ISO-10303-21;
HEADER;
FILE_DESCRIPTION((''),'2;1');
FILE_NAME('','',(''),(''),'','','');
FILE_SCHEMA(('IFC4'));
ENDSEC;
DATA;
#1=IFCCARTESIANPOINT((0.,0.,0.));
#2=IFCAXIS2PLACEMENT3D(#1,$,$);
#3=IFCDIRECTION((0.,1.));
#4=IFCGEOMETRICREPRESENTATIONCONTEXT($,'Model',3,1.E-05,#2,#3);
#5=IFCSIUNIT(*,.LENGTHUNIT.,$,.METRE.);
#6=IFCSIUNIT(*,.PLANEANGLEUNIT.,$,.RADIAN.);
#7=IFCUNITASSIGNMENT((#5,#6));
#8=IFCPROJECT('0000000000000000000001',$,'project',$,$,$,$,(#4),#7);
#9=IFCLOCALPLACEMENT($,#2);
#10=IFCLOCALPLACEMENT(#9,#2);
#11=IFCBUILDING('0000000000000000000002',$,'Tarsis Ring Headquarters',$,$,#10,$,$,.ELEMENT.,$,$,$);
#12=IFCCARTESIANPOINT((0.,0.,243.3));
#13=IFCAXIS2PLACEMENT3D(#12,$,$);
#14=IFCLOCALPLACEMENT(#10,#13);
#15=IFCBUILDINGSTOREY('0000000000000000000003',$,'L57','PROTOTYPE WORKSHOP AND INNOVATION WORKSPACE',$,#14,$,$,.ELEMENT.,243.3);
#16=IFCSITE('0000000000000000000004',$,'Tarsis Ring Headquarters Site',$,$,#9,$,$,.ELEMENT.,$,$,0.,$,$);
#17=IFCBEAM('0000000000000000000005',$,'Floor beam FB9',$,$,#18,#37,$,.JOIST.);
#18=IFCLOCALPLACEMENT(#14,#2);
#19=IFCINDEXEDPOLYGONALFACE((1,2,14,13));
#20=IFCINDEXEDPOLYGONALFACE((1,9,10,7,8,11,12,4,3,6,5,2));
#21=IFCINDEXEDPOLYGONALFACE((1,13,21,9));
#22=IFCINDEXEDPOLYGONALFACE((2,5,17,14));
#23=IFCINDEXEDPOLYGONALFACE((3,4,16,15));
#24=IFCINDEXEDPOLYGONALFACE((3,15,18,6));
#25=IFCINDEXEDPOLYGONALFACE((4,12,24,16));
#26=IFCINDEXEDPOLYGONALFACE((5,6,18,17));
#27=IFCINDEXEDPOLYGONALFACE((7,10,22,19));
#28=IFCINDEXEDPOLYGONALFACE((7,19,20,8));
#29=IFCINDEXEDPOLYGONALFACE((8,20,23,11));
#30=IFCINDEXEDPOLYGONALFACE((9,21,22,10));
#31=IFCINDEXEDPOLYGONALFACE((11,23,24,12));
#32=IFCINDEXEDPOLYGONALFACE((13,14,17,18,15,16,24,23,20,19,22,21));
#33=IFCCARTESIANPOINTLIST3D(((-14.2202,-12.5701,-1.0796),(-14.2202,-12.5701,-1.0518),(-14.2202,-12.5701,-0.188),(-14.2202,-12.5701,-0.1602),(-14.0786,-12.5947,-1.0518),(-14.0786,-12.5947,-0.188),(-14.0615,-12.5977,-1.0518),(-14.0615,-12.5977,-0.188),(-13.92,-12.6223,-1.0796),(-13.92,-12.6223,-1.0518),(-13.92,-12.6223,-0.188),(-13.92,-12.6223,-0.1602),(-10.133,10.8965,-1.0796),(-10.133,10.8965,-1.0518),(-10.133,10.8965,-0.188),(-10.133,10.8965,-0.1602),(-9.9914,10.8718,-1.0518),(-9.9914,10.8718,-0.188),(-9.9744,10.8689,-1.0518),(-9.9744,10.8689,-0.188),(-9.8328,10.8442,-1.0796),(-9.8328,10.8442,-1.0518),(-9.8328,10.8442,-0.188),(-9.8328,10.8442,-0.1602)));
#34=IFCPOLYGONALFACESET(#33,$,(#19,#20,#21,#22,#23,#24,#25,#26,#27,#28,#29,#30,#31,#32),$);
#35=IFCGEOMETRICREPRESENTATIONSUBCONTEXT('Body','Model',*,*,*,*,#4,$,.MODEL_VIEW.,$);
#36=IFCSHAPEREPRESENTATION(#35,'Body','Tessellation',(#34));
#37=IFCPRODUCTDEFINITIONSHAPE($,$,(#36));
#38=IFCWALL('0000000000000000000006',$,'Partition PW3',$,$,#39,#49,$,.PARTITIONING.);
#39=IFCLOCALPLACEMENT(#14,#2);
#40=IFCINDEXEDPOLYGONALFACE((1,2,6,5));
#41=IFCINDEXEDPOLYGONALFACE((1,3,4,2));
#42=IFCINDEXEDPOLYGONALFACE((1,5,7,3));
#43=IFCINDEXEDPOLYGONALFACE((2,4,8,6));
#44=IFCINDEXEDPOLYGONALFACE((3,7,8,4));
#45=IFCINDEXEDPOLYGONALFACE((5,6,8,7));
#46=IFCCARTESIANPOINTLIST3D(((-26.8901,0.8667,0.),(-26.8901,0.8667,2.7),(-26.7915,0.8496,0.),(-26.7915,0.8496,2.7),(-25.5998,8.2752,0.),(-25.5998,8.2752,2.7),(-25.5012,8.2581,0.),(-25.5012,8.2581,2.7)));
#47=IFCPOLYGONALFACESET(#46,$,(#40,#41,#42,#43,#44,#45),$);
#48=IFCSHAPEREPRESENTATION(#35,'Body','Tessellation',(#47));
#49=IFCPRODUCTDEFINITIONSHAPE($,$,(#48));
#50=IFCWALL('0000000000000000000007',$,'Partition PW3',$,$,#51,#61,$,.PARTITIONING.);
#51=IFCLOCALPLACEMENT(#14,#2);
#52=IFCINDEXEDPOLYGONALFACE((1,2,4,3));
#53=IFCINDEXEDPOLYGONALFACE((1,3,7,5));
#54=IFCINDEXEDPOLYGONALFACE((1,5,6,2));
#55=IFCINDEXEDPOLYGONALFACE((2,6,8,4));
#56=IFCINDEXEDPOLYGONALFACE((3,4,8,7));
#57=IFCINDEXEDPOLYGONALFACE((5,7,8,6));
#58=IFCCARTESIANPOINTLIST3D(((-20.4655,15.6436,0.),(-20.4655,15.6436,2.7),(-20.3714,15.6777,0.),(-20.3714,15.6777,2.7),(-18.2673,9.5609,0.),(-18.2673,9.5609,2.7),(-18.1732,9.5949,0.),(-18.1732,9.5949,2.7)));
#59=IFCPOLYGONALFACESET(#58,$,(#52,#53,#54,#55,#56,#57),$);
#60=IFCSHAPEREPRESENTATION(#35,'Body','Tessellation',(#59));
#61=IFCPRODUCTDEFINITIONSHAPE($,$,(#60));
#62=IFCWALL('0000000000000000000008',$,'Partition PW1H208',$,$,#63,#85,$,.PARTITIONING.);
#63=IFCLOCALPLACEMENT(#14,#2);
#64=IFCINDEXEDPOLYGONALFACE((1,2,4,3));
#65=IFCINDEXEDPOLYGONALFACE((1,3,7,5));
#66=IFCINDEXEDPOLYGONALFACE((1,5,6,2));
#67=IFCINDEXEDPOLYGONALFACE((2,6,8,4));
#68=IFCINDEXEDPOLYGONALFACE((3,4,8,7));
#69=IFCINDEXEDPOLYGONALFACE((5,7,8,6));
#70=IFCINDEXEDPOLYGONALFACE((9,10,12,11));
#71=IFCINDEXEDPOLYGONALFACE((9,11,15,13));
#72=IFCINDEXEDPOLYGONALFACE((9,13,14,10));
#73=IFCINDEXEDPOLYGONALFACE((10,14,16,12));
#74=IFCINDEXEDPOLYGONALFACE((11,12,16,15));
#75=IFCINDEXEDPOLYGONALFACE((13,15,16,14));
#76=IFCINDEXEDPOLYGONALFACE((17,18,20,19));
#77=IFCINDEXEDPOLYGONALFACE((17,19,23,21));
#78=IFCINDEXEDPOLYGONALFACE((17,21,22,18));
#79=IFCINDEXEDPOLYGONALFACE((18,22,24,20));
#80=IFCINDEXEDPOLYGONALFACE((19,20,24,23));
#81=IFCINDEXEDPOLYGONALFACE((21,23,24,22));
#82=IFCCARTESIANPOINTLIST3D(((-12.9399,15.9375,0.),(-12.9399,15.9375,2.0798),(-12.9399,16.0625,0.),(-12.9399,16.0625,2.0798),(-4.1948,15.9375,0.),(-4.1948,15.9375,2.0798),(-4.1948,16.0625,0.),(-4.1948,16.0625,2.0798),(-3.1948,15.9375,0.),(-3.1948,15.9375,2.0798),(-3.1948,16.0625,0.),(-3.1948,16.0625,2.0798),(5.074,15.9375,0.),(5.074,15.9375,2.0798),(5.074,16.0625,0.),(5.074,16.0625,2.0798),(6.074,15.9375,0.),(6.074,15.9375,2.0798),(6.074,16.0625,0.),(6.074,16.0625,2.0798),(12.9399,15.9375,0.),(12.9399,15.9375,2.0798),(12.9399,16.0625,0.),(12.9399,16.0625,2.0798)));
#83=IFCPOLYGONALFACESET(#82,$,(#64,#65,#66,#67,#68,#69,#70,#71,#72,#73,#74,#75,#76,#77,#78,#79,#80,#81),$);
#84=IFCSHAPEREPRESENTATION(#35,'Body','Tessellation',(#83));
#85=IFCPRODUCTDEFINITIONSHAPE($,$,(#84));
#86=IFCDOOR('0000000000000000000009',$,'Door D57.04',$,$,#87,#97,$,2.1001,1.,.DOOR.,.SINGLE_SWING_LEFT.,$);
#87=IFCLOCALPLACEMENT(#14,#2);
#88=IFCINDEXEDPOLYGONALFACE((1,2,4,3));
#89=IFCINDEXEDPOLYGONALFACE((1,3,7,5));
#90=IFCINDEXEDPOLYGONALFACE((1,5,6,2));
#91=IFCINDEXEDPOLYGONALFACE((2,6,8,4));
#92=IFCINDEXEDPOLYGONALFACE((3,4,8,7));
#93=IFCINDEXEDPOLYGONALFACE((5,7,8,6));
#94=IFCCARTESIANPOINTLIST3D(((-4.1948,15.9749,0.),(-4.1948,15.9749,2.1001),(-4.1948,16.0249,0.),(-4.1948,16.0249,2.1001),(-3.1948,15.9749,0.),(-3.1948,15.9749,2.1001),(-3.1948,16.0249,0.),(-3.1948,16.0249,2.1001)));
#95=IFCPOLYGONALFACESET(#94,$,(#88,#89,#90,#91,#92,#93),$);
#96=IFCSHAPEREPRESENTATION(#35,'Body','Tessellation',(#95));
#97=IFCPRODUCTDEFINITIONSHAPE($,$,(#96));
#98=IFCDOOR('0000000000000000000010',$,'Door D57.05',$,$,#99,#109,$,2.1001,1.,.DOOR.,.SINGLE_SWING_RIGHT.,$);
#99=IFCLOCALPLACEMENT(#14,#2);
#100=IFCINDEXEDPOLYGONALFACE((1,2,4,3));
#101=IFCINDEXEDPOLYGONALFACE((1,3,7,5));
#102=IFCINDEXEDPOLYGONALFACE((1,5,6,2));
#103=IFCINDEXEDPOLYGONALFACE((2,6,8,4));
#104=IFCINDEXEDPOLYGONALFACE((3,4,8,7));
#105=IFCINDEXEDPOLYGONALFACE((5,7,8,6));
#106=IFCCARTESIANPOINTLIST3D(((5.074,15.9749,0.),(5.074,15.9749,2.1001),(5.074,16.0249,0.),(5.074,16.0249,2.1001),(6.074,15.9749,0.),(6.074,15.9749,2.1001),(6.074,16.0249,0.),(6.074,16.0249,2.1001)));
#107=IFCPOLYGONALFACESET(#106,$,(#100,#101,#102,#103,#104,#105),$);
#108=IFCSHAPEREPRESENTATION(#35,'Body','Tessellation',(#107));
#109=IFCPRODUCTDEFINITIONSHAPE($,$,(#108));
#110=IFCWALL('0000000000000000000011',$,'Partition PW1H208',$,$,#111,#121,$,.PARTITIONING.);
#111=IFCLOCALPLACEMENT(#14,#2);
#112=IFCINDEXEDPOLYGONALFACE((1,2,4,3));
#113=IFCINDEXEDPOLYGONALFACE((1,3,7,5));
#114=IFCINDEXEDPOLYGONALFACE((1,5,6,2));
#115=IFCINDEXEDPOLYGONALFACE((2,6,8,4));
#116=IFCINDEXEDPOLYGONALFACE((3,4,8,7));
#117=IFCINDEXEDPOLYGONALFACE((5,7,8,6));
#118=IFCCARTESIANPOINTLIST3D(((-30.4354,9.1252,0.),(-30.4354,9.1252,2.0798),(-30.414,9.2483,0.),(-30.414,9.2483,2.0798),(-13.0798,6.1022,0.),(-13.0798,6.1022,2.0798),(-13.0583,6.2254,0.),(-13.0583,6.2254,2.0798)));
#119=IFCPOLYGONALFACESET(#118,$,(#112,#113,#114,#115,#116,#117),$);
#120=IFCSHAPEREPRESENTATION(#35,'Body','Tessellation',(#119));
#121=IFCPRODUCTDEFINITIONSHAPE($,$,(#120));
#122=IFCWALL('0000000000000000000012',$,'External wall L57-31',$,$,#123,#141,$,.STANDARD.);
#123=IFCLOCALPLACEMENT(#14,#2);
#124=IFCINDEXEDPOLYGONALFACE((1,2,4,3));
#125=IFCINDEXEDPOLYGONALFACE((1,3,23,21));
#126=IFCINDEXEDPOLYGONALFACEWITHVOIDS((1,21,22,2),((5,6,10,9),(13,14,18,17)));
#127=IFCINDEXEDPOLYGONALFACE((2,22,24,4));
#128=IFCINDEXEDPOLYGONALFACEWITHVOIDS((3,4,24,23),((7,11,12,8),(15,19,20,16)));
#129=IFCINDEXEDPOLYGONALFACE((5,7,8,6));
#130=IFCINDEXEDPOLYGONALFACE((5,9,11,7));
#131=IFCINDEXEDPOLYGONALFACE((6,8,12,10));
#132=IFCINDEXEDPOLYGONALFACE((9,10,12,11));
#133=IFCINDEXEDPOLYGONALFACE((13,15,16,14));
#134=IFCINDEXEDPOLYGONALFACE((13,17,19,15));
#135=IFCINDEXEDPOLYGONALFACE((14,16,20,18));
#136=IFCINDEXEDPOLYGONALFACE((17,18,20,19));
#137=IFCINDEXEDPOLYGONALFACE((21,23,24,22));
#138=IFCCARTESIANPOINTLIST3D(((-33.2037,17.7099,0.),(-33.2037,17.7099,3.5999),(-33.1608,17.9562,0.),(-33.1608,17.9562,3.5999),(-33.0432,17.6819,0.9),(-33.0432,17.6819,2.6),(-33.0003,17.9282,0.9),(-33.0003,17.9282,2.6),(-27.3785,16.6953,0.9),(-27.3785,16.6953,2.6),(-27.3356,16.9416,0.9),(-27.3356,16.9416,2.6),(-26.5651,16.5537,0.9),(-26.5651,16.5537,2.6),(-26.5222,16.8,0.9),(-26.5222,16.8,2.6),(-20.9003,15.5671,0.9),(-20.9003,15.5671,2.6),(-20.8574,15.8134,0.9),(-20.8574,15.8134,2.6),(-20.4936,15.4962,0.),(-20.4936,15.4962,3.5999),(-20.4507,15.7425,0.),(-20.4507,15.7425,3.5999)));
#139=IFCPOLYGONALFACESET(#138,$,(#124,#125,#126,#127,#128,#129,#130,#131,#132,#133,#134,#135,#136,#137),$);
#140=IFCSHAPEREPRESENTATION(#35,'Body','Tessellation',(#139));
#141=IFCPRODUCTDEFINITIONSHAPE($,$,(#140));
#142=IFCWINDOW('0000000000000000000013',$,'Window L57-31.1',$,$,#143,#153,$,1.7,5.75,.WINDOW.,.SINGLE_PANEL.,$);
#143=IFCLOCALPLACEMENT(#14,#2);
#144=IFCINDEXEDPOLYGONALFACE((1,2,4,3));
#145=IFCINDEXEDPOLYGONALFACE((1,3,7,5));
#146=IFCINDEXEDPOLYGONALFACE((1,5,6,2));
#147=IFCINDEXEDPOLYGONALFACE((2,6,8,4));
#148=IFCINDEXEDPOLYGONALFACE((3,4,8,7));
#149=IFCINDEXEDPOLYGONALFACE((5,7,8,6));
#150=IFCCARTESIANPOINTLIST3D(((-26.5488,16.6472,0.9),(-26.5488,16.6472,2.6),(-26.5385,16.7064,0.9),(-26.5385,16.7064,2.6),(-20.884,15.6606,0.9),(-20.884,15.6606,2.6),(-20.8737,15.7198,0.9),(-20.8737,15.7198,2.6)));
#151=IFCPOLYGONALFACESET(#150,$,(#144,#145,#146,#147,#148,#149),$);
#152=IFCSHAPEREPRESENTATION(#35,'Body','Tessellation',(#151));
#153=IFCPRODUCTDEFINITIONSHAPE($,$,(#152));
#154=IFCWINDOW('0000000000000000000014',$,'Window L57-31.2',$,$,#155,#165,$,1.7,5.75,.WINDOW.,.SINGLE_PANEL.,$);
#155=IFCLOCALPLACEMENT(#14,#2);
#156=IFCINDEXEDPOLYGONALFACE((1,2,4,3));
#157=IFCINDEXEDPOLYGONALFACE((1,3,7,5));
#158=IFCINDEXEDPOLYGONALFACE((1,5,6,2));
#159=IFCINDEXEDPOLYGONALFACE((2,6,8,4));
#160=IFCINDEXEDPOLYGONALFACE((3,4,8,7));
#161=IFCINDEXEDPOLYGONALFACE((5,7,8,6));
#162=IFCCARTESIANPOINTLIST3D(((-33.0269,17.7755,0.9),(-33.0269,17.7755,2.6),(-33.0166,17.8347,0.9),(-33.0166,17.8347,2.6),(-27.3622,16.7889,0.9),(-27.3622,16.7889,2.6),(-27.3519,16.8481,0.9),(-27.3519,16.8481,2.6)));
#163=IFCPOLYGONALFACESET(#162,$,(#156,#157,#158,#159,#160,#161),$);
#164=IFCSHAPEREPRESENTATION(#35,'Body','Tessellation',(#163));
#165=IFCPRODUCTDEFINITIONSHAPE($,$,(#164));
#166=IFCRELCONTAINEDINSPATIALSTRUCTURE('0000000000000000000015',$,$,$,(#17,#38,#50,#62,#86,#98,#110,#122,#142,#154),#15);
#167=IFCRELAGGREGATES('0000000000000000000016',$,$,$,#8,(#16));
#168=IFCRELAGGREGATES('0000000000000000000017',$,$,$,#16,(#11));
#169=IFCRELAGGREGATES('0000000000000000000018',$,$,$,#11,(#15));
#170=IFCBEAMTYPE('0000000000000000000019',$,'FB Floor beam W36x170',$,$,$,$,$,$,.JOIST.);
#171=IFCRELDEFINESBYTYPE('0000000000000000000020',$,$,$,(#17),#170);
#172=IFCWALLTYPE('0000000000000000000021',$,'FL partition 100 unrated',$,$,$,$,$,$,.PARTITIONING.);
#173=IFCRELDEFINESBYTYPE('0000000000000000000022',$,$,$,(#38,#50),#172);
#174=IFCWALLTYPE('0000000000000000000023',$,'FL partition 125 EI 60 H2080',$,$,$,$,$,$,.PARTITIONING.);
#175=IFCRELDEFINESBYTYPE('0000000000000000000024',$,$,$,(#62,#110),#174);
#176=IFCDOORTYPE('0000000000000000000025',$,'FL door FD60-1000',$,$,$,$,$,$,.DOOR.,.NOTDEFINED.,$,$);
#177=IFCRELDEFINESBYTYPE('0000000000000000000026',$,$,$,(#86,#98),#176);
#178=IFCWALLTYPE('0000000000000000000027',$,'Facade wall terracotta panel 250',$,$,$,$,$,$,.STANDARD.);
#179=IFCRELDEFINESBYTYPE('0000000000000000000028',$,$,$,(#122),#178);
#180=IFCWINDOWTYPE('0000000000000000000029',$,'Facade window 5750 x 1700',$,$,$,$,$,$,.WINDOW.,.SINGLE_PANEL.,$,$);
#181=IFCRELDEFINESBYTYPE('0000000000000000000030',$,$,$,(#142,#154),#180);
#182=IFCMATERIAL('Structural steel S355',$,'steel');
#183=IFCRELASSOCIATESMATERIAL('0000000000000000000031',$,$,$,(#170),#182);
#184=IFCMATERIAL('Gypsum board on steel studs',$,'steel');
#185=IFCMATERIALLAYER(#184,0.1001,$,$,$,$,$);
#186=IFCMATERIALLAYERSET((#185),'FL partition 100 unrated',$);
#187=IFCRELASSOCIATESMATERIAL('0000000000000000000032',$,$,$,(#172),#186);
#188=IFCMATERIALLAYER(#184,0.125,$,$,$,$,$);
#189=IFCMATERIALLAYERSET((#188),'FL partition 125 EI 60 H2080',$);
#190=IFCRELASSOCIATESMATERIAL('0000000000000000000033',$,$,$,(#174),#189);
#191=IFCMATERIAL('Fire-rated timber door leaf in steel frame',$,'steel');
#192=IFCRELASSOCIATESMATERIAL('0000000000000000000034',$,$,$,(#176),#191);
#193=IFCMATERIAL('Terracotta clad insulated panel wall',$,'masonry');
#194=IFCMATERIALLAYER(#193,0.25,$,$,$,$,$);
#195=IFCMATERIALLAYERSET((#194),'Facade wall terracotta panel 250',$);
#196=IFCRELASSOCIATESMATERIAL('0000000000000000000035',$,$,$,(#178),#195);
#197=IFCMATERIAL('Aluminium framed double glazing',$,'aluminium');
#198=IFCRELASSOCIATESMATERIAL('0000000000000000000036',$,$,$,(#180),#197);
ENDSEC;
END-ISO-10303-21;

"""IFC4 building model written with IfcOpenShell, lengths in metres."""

from ifc_helpers import new_model, si_unit, direction, frame, frame_2d, origin, origin_2d, place, context, subcontext, project, spatial, rectangle, i_section, extrude, material, layer, layer_set, material_profile, profile_set, type_object, element, fill, save


model = new_model("IFC4")

# Units and contexts
model_context = context("Model", 3, precision=1e-05, world=origin(), true_north=direction((0.0, 1.0)))
body_context = subcontext(model_context, "Body", "Model", "MODEL_VIEW")
ifc_project = project(units=[si_unit("LENGTHUNIT", "METRE"), si_unit("PLANEANGLEUNIT", "RADIAN")], contexts=[model_context])

# Site, building, storey
site_placement = place(None, origin())
site = spatial("IfcSite", under=ifc_project, at=site_placement, Name="Tarsis Ring Headquarters Site", CompositionType="ELEMENT", RefElevation=0.0)
building_placement = place(site_placement, origin())
building = spatial("IfcBuilding", under=site, at=building_placement, Name="Tarsis Ring Headquarters", CompositionType="ELEMENT")
storey_placement = place(building_placement, frame((0.0, 0.0, 243.3)))
storey = spatial("IfcBuildingStorey", under=building, at=storey_placement, Name="L57", Description="PROTOTYPE WORKSHOP AND INNOVATION WORKSPACE", CompositionType="ELEMENT", Elevation=243.3)

# Beam
ifc_material_1 = material(Name="Structural steel S355", Category="steel")
ifc_material_profile = material_profile(ifc_material_1, i_section(OverallWidth=0.3047, OverallDepth=0.9194, WebThickness=0.0173, FlangeThickness=0.0278, at=origin_2d()), Name="W36x170")
ifc_profile_set = profile_set([ifc_material_profile], Name="Structural steel S355")
beam_type = type_object("IfcBeamType", Name="FB Floor beam W36x170", PredefinedType="JOIST", material=ifc_profile_set)
beam_placement = place(storey_placement, frame((-9.9829, 10.8704, -0.6199), z_axis=(-0.171586, -0.985169, 0.0), x_axis=(0.985169, -0.171586, 0.0)))
element("IfcBeam", 1, at=beam_placement, inside=storey, type_object=beam_type, Name="Floor beam FB9", PredefinedType="JOIST", context=body_context, shape_type="SweptSolid", body=[
    extrude(i_section(OverallWidth=0.3047, OverallDepth=0.9194, WebThickness=0.0173, FlangeThickness=0.0278, at=origin_2d()), origin(), (0.0, 0.0, 1.0), 23.8198),
])

# Walls
ifc_material_2 = material(Name="Gypsum board on steel studs", Category="steel")
ifc_layer_1 = layer(ifc_material_2, 0.1001)
ifc_layer_set_1 = layer_set([ifc_layer_1], Name="FL partition 100 unrated")
wall_type_1 = type_object("IfcWallType", Name="FL partition 100 unrated", PredefinedType="PARTITIONING", material=ifc_layer_set_1)
wall_1_placement = place(storey_placement, frame((-26.8408, 0.8582, 0.0), z_axis=(0.0, 0.0, 1.0), x_axis=(0.171581, 0.98517, 0.0)))
element("IfcWall", 2, at=wall_1_placement, inside=storey, type_object=wall_type_1, Name="Partition PW3", PredefinedType="PARTITIONING", context=body_context, shape_type="SweptSolid", body=[
    extrude(rectangle(XDim=7.52, YDim=0.1001, at=frame_2d((3.76, 0.0))), origin(), (0.0, 0.0, 1.0), 2.7),
])
wall_2_placement = place(storey_placement, frame((-20.4185, 15.6606, 0.0), z_axis=(0.0, 0.0, 1.0), x_axis=(0.339875, -0.94047, 0.0)))
element("IfcWall", 3, at=wall_2_placement, inside=storey, type_object=wall_type_1, Name="Partition PW3", PredefinedType="PARTITIONING", context=body_context, shape_type="SweptSolid", body=[
    extrude(rectangle(XDim=6.4678, YDim=0.1001, at=frame_2d((3.2339, 0.0))), origin(), (0.0, 0.0, 1.0), 2.7),
])

# Wall, openings, doors
ifc_layer_2 = layer(ifc_material_2, 0.125)
ifc_layer_set_2 = layer_set([ifc_layer_2], Name="FL partition 125 EI 60 H2080")
wall_type_2 = type_object("IfcWallType", Name="FL partition 125 EI 60 H2080", PredefinedType="PARTITIONING", material=ifc_layer_set_2)
wall_3_placement = place(storey_placement, frame((-12.9399, 16.0, 0.0), z_axis=(0.0, 0.0, 1.0), x_axis=(1.0, 0.0, 0.0)))
wall_3 = element("IfcWall", 4, at=wall_3_placement, inside=storey, type_object=wall_type_2, Name="Partition PW1H208", PredefinedType="PARTITIONING", context=body_context, shape_type="SweptSolid", body=[
    extrude(rectangle(XDim=25.8799, YDim=0.125, at=frame_2d((12.9399, 0.0))), origin(), (0.0, 0.0, 1.0), 2.0798),
])
opening_1_placement = place(wall_3_placement, frame((8.7451, 0.0, 0.0)))
opening_1 = element("IfcOpeningElement", 5, at=opening_1_placement, cuts=wall_3, PredefinedType="OPENING", context=body_context, shape_type="SweptSolid", body=[
    extrude(rectangle(XDim=1.0, YDim=2.1001, at=frame_2d((0.5, 1.05))), frame((0.0, 0.0725, 0.0), z_axis=(0.0, -1.0, 0.0), x_axis=(1.0, 0.0, 0.0)), (0.0, 0.0, 1.0), 0.145),
])
opening_2_placement = place(wall_3_placement, frame((18.0139, 0.0, 0.0)))
opening_2 = element("IfcOpeningElement", 6, at=opening_2_placement, cuts=wall_3, PredefinedType="OPENING", context=body_context, shape_type="SweptSolid", body=[
    extrude(rectangle(XDim=1.0, YDim=2.1001, at=frame_2d((0.5, 1.05))), frame((0.0, 0.0725, 0.0), z_axis=(0.0, -1.0, 0.0), x_axis=(1.0, 0.0, 0.0)), (0.0, 0.0, 1.0), 0.145),
])
ifc_material_3 = material(Name="Fire-rated timber door leaf in steel frame", Category="steel")
door_type_1 = type_object("IfcDoorType", Name="FL door FD60-1000", OperationType="NOTDEFINED", PredefinedType="DOOR", material=ifc_material_3)
door_1_placement = place(opening_1_placement, origin())
door_1 = element("IfcDoor", 7, at=door_1_placement, inside=storey, type_object=door_type_1, Name="Door D57.04", OperationType="SINGLE_SWING_LEFT", OverallHeight=2.1001, OverallWidth=1.0, PredefinedType="DOOR", context=body_context, shape_type="SweptSolid", body=[
    extrude(rectangle(XDim=1.0, YDim=2.1001, at=frame_2d((0.5, 1.05))), frame((0.0, 0.0249, 0.0), z_axis=(0.0, -1.0, 0.0), x_axis=(1.0, 0.0, 0.0)), (0.0, 0.0, 1.0), 0.05),
])
fill(opening_1, door_1)
door_2_placement = place(opening_2_placement, origin())
door_2 = element("IfcDoor", 8, at=door_2_placement, inside=storey, type_object=door_type_1, Name="Door D57.05", OperationType="SINGLE_SWING_RIGHT", OverallHeight=2.1001, OverallWidth=1.0, PredefinedType="DOOR", context=body_context, shape_type="SweptSolid", body=[
    extrude(rectangle(XDim=1.0, YDim=2.1001, at=frame_2d((0.5, 1.05))), frame((0.0, 0.0249, 0.0), z_axis=(0.0, -1.0, 0.0), x_axis=(1.0, 0.0, 0.0)), (0.0, 0.0, 1.0), 0.05),
])
fill(opening_2, door_2)

# Wall
wall_4_placement = place(storey_placement, frame((-30.4248, 9.1868, 0.0), z_axis=(0.0, 0.0, 1.0), x_axis=(0.985168, -0.171593, 0.0)))
element("IfcWall", 9, at=wall_4_placement, inside=storey, type_object=wall_type_2, Name="Partition PW1H208", PredefinedType="PARTITIONING", context=body_context, shape_type="SweptSolid", body=[
    extrude(rectangle(XDim=17.6169, YDim=0.125, at=frame_2d((8.8086, 0.0))), origin(), (0.0, 0.0, 1.0), 2.0798),
])

# Wall, openings, windows
ifc_material_4 = material(Name="Terracotta clad insulated panel wall", Category="masonry")
ifc_layer_3 = layer(ifc_material_4, 0.25)
ifc_layer_set_3 = layer_set([ifc_layer_3], Name="Facade wall terracotta panel 250")
wall_type_3 = type_object("IfcWallType", Name="Facade wall terracotta panel 250", PredefinedType="STANDARD", material=ifc_layer_set_3)
wall_5_placement = place(storey_placement, frame((-20.4722, 15.6194, 0.0), z_axis=(0.0, 0.0, 1.0), x_axis=(-0.98517, 0.171582, 0.0)))
wall_5 = element("IfcWall", 10, at=wall_5_placement, inside=storey, type_object=wall_type_3, Name="External wall L57-31", PredefinedType="STANDARD", context=body_context, shape_type="SweptSolid", body=[
    extrude(rectangle(XDim=12.9014, YDim=0.25, at=frame_2d((6.4507, 0.0))), origin(), (0.0, 0.0, 1.0), 3.5999),
])
opening_3_placement = place(wall_5_placement, frame((0.4128, 0.0, 0.8999)))
opening_3 = element("IfcOpeningElement", 11, at=opening_3_placement, cuts=wall_5, PredefinedType="OPENING", context=body_context, shape_type="SweptSolid", body=[
    extrude(rectangle(XDim=5.75, YDim=1.7, at=frame_2d((2.875, 0.8501))), frame((0.0, 0.135, 0.0), z_axis=(0.0, -1.0, 0.0), x_axis=(1.0, 0.0, 0.0)), (0.0, 0.0, 1.0), 0.27),
])
opening_4_placement = place(wall_5_placement, frame((6.9885, 0.0, 0.8999)))
opening_4 = element("IfcOpeningElement", 12, at=opening_4_placement, cuts=wall_5, PredefinedType="OPENING", context=body_context, shape_type="SweptSolid", body=[
    extrude(rectangle(XDim=5.75, YDim=1.7, at=frame_2d((2.875, 0.8501))), frame((0.0, 0.135, 0.0), z_axis=(0.0, -1.0, 0.0), x_axis=(1.0, 0.0, 0.0)), (0.0, 0.0, 1.0), 0.27),
])
ifc_material_5 = material(Name="Aluminium framed double glazing", Category="aluminium")
window_type = type_object("IfcWindowType", Name="Facade window 5750 x 1700", PartitioningType="SINGLE_PANEL", PredefinedType="WINDOW", material=ifc_material_5)
window_1_placement = place(opening_3_placement, origin())
window_1 = element("IfcWindow", 13, at=window_1_placement, inside=storey, type_object=window_type, Name="Window L57-31.1", OverallHeight=1.7, OverallWidth=5.75, PartitioningType="SINGLE_PANEL", PredefinedType="WINDOW", context=body_context, shape_type="SweptSolid", body=[
    extrude(rectangle(XDim=5.75, YDim=1.7, at=frame_2d((2.875, 0.8501))), frame((0.0, 0.03, 0.0), z_axis=(0.0, -1.0, 0.0), x_axis=(1.0, 0.0, 0.0)), (0.0, 0.0, 1.0), 0.0601),
])
fill(opening_3, window_1)
window_2_placement = place(opening_4_placement, origin())
window_2 = element("IfcWindow", 14, at=window_2_placement, inside=storey, type_object=window_type, Name="Window L57-31.2", OverallHeight=1.7, OverallWidth=5.75, PartitioningType="SINGLE_PANEL", PredefinedType="WINDOW", context=body_context, shape_type="SweptSolid", body=[
    extrude(rectangle(XDim=5.75, YDim=1.7, at=frame_2d((2.875, 0.8501))), frame((0.0, 0.03, 0.0), z_axis=(0.0, -1.0, 0.0), x_axis=(1.0, 0.0, 0.0)), (0.0, 0.0, 1.0), 0.0601),
])
fill(opening_4, window_2)

save(model, "model.ifc")
